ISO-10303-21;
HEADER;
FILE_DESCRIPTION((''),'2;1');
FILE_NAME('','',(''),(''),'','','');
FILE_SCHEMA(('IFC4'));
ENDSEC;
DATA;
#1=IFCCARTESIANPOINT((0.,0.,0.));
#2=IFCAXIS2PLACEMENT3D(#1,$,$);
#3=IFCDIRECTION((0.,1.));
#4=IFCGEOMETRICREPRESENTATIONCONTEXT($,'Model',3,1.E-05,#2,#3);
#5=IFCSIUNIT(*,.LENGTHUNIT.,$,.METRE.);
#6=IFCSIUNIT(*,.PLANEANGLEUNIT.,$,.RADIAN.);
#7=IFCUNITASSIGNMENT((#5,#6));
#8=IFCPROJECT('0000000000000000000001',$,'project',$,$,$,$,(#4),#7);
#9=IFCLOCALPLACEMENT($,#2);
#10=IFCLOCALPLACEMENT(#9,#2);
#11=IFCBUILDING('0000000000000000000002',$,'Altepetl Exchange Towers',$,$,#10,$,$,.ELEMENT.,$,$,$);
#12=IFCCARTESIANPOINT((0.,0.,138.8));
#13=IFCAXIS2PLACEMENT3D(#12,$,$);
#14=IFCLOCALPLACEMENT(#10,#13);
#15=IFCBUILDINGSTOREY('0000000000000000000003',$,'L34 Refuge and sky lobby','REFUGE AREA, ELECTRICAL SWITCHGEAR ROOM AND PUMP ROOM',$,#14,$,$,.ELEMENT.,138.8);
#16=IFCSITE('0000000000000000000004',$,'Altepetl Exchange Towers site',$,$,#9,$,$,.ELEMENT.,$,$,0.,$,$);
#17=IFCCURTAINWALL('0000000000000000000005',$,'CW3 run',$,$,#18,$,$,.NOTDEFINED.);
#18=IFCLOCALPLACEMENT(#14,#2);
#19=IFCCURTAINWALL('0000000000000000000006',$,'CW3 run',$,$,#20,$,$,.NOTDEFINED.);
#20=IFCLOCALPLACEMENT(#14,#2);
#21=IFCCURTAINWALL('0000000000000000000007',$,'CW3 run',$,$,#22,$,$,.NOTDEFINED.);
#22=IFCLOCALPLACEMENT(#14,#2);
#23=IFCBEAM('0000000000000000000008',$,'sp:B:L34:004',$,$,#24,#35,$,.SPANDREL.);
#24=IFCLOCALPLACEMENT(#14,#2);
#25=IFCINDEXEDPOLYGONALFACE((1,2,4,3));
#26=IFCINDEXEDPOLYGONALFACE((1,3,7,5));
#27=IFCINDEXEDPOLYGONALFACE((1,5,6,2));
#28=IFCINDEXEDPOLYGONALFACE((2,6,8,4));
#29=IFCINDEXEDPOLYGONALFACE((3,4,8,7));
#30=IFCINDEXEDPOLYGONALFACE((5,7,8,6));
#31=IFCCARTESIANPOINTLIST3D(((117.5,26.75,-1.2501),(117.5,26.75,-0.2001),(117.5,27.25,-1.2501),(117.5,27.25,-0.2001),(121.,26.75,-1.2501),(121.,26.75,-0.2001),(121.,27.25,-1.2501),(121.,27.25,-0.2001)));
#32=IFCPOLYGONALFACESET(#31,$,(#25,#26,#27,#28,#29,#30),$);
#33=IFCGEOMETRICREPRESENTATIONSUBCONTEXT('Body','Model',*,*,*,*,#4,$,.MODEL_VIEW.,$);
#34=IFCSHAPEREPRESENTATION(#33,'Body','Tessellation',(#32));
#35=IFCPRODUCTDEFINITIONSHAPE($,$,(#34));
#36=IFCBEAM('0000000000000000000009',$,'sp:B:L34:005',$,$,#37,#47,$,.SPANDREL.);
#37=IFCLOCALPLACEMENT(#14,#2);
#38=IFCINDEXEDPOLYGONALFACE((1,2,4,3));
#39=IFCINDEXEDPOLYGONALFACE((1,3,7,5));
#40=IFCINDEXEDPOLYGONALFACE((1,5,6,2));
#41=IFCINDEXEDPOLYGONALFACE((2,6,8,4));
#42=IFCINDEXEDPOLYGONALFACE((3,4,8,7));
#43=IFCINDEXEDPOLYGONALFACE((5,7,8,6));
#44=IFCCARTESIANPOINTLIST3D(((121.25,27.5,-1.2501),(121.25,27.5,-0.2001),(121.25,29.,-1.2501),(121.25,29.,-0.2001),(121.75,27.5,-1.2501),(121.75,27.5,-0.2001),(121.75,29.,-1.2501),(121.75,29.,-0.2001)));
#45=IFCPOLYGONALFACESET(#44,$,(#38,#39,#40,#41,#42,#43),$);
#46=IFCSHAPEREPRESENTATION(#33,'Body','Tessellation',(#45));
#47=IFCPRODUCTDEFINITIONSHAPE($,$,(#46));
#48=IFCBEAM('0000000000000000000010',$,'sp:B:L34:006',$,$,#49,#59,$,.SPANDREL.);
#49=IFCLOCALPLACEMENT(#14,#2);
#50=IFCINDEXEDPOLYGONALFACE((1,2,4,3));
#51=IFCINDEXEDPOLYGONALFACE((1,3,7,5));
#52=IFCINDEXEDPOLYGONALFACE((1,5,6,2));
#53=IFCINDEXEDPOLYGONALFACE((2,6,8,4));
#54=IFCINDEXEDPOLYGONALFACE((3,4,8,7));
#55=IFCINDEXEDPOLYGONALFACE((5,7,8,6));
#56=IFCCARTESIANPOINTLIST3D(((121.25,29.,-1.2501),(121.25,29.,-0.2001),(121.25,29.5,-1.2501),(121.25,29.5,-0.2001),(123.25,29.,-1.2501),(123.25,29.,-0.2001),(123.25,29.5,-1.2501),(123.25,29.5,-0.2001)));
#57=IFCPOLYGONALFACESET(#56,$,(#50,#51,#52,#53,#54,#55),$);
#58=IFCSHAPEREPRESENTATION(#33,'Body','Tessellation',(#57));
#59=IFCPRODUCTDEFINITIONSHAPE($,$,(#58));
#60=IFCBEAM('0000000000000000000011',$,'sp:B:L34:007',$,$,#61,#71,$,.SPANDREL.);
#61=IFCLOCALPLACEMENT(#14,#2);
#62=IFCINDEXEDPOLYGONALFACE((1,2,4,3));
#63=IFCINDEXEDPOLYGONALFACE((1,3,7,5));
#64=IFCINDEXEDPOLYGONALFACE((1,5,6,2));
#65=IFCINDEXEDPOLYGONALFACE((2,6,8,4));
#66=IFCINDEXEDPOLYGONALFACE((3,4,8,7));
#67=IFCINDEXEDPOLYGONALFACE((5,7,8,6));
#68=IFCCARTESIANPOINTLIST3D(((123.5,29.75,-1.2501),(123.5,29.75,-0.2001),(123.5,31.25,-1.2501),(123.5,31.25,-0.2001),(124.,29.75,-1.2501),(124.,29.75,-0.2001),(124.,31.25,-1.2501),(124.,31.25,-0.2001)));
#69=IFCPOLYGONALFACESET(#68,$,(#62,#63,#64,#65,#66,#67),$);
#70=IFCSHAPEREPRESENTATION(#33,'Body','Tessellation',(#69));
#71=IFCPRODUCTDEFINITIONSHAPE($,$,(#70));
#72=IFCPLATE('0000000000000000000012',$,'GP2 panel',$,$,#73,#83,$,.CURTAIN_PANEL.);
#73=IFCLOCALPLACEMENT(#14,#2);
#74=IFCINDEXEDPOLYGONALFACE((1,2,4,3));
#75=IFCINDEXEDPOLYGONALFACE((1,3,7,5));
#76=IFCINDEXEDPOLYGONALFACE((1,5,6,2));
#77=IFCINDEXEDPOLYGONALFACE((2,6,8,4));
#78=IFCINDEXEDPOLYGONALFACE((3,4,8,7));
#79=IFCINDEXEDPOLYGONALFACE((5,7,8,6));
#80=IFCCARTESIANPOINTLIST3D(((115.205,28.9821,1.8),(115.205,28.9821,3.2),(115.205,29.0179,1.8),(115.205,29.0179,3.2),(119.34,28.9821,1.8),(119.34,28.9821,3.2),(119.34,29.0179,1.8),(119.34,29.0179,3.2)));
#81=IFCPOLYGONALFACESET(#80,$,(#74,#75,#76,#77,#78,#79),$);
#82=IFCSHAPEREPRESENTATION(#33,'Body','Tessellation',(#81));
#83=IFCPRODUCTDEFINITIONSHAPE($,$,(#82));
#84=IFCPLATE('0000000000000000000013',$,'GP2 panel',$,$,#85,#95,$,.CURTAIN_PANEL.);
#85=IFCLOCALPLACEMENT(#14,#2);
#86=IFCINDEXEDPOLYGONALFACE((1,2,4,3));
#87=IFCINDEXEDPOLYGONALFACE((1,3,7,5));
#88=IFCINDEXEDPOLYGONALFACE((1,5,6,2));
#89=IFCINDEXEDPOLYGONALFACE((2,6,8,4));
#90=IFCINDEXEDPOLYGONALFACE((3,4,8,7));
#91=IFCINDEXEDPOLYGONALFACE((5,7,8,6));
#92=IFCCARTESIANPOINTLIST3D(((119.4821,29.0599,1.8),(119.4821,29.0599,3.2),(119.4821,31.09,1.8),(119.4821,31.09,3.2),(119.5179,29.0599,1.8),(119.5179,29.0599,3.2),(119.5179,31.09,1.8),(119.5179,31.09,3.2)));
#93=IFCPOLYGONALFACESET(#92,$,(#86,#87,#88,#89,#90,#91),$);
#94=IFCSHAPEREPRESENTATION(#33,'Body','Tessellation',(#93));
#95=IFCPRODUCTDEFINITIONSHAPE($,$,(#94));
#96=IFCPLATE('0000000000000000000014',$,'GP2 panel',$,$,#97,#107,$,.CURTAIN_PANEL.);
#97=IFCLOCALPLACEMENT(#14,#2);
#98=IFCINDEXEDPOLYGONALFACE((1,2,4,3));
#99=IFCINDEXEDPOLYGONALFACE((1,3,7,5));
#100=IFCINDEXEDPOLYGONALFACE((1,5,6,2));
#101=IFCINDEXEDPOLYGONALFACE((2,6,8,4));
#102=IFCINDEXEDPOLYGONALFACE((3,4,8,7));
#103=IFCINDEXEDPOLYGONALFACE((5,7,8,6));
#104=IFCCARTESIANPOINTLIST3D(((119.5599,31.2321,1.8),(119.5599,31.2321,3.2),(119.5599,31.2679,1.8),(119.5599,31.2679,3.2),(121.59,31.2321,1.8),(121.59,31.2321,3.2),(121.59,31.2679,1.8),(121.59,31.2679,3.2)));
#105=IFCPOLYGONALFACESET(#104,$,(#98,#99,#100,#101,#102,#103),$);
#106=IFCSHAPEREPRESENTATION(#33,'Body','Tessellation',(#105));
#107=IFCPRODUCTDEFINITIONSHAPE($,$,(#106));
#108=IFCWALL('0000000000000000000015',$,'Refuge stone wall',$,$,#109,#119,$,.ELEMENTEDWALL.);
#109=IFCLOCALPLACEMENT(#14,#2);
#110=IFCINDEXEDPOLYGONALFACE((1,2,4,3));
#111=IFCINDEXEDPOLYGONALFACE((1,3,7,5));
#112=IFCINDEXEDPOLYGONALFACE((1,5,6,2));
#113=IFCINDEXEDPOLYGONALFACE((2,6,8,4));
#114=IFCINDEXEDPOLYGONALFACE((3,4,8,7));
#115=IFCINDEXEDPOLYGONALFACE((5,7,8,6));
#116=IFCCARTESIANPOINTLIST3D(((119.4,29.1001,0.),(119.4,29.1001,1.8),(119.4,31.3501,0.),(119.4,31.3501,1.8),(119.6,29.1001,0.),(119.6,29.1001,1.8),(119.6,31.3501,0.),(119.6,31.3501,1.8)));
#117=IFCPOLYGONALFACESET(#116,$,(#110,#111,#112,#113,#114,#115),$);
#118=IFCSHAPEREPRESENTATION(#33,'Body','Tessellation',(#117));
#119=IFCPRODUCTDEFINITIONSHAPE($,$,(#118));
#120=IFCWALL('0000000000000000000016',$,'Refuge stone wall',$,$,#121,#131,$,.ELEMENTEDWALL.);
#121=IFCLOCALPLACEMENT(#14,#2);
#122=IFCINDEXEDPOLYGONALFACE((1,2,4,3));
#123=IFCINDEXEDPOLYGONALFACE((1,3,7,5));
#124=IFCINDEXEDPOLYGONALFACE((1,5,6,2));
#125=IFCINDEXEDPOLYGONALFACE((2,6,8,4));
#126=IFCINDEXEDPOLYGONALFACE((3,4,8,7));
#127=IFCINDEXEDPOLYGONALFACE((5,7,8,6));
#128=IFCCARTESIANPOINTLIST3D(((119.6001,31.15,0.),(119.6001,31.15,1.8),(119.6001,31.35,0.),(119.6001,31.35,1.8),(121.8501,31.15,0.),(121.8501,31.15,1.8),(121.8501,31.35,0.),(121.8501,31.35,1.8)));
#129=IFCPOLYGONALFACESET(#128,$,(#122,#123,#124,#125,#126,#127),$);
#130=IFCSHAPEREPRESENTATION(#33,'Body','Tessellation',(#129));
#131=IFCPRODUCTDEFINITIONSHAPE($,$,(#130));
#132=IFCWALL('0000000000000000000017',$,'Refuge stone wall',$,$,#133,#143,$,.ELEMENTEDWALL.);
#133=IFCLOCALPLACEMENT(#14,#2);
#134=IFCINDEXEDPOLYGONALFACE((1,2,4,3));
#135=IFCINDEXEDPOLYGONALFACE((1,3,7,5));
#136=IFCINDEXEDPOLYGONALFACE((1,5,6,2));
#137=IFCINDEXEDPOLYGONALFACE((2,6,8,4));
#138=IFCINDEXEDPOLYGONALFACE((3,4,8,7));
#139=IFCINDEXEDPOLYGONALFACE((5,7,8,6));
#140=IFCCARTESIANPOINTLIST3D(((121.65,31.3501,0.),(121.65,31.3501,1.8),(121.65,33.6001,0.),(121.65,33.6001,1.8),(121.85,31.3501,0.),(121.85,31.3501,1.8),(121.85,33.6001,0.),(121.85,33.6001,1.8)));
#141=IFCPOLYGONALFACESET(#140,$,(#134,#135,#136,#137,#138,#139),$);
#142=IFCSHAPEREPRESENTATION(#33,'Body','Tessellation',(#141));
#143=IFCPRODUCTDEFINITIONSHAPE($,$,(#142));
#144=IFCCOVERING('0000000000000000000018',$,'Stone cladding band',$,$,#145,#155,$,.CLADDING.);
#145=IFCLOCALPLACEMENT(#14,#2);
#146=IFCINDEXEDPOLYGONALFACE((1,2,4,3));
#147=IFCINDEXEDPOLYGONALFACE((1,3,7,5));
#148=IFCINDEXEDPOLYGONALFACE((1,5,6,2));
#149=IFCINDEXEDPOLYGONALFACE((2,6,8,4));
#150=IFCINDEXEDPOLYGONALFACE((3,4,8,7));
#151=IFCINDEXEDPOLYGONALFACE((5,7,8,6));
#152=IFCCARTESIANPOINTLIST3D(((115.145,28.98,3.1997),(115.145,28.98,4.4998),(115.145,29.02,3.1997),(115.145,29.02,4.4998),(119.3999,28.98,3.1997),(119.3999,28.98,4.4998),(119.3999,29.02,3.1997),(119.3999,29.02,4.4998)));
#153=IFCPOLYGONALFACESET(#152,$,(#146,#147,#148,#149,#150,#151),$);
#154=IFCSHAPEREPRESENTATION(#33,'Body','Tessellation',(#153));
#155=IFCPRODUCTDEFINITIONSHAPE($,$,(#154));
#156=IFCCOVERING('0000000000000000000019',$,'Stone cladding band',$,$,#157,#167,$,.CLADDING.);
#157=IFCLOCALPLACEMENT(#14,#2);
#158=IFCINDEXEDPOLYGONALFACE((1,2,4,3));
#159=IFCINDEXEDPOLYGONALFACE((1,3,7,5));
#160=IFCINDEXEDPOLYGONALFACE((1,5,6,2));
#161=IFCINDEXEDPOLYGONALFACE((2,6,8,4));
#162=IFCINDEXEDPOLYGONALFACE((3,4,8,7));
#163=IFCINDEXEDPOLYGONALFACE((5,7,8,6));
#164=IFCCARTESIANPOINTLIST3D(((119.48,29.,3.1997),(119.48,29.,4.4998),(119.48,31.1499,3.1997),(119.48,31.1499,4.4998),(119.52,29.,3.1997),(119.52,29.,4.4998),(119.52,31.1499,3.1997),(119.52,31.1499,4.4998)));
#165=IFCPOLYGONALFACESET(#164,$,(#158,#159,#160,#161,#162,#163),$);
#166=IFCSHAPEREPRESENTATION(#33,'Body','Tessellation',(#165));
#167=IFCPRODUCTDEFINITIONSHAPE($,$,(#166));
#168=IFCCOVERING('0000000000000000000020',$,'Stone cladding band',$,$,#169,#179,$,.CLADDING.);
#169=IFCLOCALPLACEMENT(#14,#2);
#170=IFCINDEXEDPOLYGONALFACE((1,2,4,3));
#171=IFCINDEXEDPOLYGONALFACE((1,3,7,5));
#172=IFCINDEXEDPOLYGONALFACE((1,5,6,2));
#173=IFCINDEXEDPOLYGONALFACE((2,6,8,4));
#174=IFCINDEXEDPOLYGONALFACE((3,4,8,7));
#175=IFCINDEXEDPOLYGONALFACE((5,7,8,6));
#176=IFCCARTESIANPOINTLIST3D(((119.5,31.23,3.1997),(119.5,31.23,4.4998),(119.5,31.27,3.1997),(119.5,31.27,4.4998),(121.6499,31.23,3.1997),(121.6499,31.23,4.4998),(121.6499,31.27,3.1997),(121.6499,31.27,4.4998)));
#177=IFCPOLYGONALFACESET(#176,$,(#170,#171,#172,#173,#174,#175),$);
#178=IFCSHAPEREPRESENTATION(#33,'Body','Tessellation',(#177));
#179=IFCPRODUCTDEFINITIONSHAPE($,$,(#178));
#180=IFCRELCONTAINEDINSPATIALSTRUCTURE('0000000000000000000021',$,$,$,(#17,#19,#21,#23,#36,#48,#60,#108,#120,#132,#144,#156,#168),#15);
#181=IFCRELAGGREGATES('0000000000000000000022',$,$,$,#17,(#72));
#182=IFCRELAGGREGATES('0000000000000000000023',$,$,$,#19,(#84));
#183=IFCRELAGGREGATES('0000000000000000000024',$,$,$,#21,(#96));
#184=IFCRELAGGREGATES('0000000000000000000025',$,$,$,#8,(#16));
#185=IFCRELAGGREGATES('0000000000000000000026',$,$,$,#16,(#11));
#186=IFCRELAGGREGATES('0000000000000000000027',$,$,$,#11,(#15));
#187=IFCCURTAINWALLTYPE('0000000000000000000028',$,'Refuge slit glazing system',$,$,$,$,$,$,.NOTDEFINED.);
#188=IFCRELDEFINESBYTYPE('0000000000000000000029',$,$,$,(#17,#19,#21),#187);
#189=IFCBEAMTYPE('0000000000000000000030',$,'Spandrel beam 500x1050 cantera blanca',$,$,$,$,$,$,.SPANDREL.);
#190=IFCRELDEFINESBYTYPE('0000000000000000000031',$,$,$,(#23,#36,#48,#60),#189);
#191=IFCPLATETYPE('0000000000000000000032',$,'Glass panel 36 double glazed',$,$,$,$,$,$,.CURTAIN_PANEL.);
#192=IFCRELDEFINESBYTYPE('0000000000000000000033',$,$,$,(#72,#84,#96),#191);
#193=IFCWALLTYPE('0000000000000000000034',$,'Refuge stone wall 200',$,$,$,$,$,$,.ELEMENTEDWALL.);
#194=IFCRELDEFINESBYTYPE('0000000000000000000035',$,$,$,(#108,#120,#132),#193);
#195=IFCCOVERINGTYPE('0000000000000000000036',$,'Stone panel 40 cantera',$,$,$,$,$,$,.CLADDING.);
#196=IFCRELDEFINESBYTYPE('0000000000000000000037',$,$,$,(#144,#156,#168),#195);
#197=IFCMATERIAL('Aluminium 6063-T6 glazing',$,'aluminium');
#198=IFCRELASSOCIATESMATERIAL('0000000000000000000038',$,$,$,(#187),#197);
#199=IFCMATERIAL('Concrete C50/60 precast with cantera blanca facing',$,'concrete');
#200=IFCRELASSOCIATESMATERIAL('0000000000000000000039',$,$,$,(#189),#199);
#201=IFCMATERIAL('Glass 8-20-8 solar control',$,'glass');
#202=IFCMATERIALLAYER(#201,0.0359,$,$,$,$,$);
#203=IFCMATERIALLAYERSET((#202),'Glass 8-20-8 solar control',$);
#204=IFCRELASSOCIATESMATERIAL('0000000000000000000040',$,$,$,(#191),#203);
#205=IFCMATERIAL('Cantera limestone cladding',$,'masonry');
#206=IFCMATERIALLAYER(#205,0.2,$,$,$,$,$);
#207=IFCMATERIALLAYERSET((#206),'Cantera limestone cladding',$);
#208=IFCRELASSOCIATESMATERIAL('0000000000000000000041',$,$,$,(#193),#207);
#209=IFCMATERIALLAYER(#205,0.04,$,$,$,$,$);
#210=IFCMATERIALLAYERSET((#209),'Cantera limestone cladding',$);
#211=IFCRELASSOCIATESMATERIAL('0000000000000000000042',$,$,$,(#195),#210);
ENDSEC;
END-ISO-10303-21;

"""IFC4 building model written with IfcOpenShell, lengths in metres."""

from ifc_helpers import new_model, si_unit, direction, frame, frame_2d, origin, origin_2d, place, context, subcontext, project, spatial, rectangle, extrude, material, layer, layer_set, material_profile, profile_set, type_object, element, aggregate, save


model = new_model("IFC4")

# Units and contexts
model_context = context("Model", 3, precision=1e-05, world=origin(), true_north=direction((0.0, 1.0)))
body_context = subcontext(model_context, "Body", "Model", "MODEL_VIEW")
ifc_project = project(units=[si_unit("LENGTHUNIT", "METRE"), si_unit("PLANEANGLEUNIT", "RADIAN")], contexts=[model_context])

# Site, building, storey
site_placement = place(None, origin())
site = spatial("IfcSite", under=ifc_project, at=site_placement, Name="Altepetl Exchange Towers site", CompositionType="ELEMENT", RefElevation=0.0)
building_placement = place(site_placement, origin())
building = spatial("IfcBuilding", under=site, at=building_placement, Name="Altepetl Exchange Towers", CompositionType="ELEMENT")
storey_placement = place(building_placement, frame((0.0, 0.0, 138.8)))
storey = spatial("IfcBuildingStorey", under=building, at=storey_placement, Name="L34 Refuge and sky lobby", Description="REFUGE AREA, ELECTRICAL SWITCHGEAR ROOM AND PUMP ROOM", CompositionType="ELEMENT", Elevation=138.8)

# Curtain wall
ifc_material_1 = material(Name="Aluminium 6063-T6 glazing", Category="aluminium")
curtain_wall_type = type_object("IfcCurtainWallType", Name="Refuge slit glazing system", PredefinedType="NOTDEFINED", material=ifc_material_1)
curtain_wall_1_placement = place(storey_placement, origin())
curtain_wall_1 = element("IfcCurtainWall", 1, at=curtain_wall_1_placement, inside=storey, type_object=curtain_wall_type, Name="CW3 run", PredefinedType="NOTDEFINED")

# Curtain walls
curtain_wall_2_placement = place(storey_placement, origin())
curtain_wall_2 = element("IfcCurtainWall", 2, at=curtain_wall_2_placement, inside=storey, type_object=curtain_wall_type, Name="CW3 run", PredefinedType="NOTDEFINED")
curtain_wall_3_placement = place(storey_placement, origin())
curtain_wall_3 = element("IfcCurtainWall", 3, at=curtain_wall_3_placement, inside=storey, type_object=curtain_wall_type, Name="CW3 run", PredefinedType="NOTDEFINED")

# Beams
ifc_material_2 = material(Name="Concrete C50/60 precast with cantera blanca facing", Category="concrete")
ifc_material_profile_1 = material_profile(ifc_material_2, rectangle(XDim=0.5, YDim=1.05, at=origin_2d()), Name="500 x 1050")
ifc_profile_set_1 = profile_set([ifc_material_profile_1], Name="Concrete C50/60 precast with cantera blanca facing")
beam_type_1 = type_object("IfcBeamType", Name="Spandrel beam 500x1050 cantera blanca", PredefinedType="SPANDREL", material=ifc_profile_set_1)
beam_1_placement = place(storey_placement, frame((117.5, 27.0, -0.7251), z_axis=(1.0, 0.0, 0.0), x_axis=(0.0, 1.0, 0.0)))
element("IfcBeam", 4, at=beam_1_placement, inside=storey, type_object=beam_type_1, Name="sp:B:L34:004", PredefinedType="SPANDREL", context=body_context, shape_type="SweptSolid", body=[
    extrude(rectangle(XDim=0.5, YDim=1.05, at=origin_2d()), origin(), (0.0, 0.0, 1.0), 3.5),
])
beam_2_placement = place(storey_placement, frame((121.5, 27.5, -0.7251), z_axis=(0.0, 1.0, 0.0), x_axis=(-1.0, 0.0, 0.0)))
element("IfcBeam", 5, at=beam_2_placement, inside=storey, type_object=beam_type_1, Name="sp:B:L34:005", PredefinedType="SPANDREL", context=body_context, shape_type="SweptSolid", body=[
    extrude(rectangle(XDim=0.5, YDim=1.05, at=origin_2d()), origin(), (0.0, 0.0, 1.0), 1.5),
])
beam_3_placement = place(storey_placement, frame((121.25, 29.25, -0.7251), z_axis=(1.0, 0.0, 0.0), x_axis=(0.0, 1.0, 0.0)))
element("IfcBeam", 6, at=beam_3_placement, inside=storey, type_object=beam_type_1, Name="sp:B:L34:006", PredefinedType="SPANDREL", context=body_context, shape_type="SweptSolid", body=[
    extrude(rectangle(XDim=0.5, YDim=1.05, at=origin_2d()), origin(), (0.0, 0.0, 1.0), 2.0),
])
beam_4_placement = place(storey_placement, frame((123.75, 29.75, -0.7251), z_axis=(0.0, 1.0, 0.0), x_axis=(-1.0, 0.0, 0.0)))
element("IfcBeam", 7, at=beam_4_placement, inside=storey, type_object=beam_type_1, Name="sp:B:L34:007", PredefinedType="SPANDREL", context=body_context, shape_type="SweptSolid", body=[
    extrude(rectangle(XDim=0.5, YDim=1.05, at=origin_2d()), origin(), (0.0, 0.0, 1.0), 1.5),
])

# Plates
ifc_material_3 = material(Name="Glass 8-20-8 solar control", Category="glass")
ifc_layer_1 = layer(ifc_material_3, 0.0359)
ifc_layer_set_1 = layer_set([ifc_layer_1], Name="Glass 8-20-8 solar control")
plate_type = type_object("IfcPlateType", Name="Glass panel 36 double glazed", PredefinedType="CURTAIN_PANEL", material=ifc_layer_set_1)
plate_1_placement = place(storey_placement, frame((117.2725, 29.0, 1.8)))
plate_1 = element("IfcPlate", 8, at=plate_1_placement, type_object=plate_type, Name="GP2 panel", PredefinedType="CURTAIN_PANEL", context=body_context, shape_type="SweptSolid", body=[
    extrude(rectangle(XDim=4.135, YDim=0.0359, at=origin_2d()), origin(), (0.0, 0.0, 1.0), 1.3999),
])
aggregate(curtain_wall_1, [plate_1])
plate_2_placement = place(storey_placement, frame((119.5, 30.075, 1.8), z_axis=(0.0, 0.0, 1.0), x_axis=(0.0, 1.0, 0.0)))
plate_2 = element("IfcPlate", 9, at=plate_2_placement, type_object=plate_type, Name="GP2 panel", PredefinedType="CURTAIN_PANEL", context=body_context, shape_type="SweptSolid", body=[
    extrude(rectangle(XDim=2.03, YDim=0.0359, at=origin_2d()), origin(), (0.0, 0.0, 1.0), 1.3999),
])
aggregate(curtain_wall_2, [plate_2])
plate_3_placement = place(storey_placement, frame((120.575, 31.25, 1.8)))
plate_3 = element("IfcPlate", 10, at=plate_3_placement, type_object=plate_type, Name="GP2 panel", PredefinedType="CURTAIN_PANEL", context=body_context, shape_type="SweptSolid", body=[
    extrude(rectangle(XDim=2.03, YDim=0.0359, at=origin_2d()), origin(), (0.0, 0.0, 1.0), 1.3999),
])
aggregate(curtain_wall_3, [plate_3])

# Walls
ifc_material_4 = material(Name="Cantera limestone cladding", Category="masonry")
ifc_layer_2 = layer(ifc_material_4, 0.2)
ifc_layer_set_2 = layer_set([ifc_layer_2], Name="Cantera limestone cladding")
wall_type = type_object("IfcWallType", Name="Refuge stone wall 200", PredefinedType="ELEMENTEDWALL", material=ifc_layer_set_2)
wall_1_placement = place(storey_placement, frame((119.5, 29.1001, 0.0), z_axis=(0.0, 0.0, 1.0), x_axis=(0.0, 1.0, 0.0)))
element("IfcWall", 11, at=wall_1_placement, inside=storey, type_object=wall_type, Name="Refuge stone wall", PredefinedType="ELEMENTEDWALL", context=body_context, shape_type="SweptSolid", body=[
    extrude(rectangle(XDim=2.25, YDim=0.2, at=frame_2d((1.125, 0.0))), origin(), (0.0, 0.0, 1.0), 1.8),
])
wall_2_placement = place(storey_placement, frame((119.6001, 31.25, 0.0)))
element("IfcWall", 12, at=wall_2_placement, inside=storey, type_object=wall_type, Name="Refuge stone wall", PredefinedType="ELEMENTEDWALL", context=body_context, shape_type="SweptSolid", body=[
    extrude(rectangle(XDim=2.25, YDim=0.2, at=frame_2d((1.125, 0.0))), origin(), (0.0, 0.0, 1.0), 1.8),
])
wall_3_placement = place(storey_placement, frame((121.75, 31.3501, 0.0), z_axis=(0.0, 0.0, 1.0), x_axis=(0.0, 1.0, 0.0)))
element("IfcWall", 13, at=wall_3_placement, inside=storey, type_object=wall_type, Name="Refuge stone wall", PredefinedType="ELEMENTEDWALL", context=body_context, shape_type="SweptSolid", body=[
    extrude(rectangle(XDim=2.25, YDim=0.2, at=frame_2d((1.125, 0.0))), origin(), (0.0, 0.0, 1.0), 1.8),
])

# Coverings
ifc_layer_3 = layer(ifc_material_4, 0.04)
ifc_layer_set_3 = layer_set([ifc_layer_3], Name="Cantera limestone cladding")
covering_type = type_object("IfcCoveringType", Name="Stone panel 40 cantera", PredefinedType="CLADDING", material=ifc_layer_set_3)
covering_1_placement = place(storey_placement, frame((117.2725, 29.0, 3.1997)))
element("IfcCovering", 14, at=covering_1_placement, inside=storey, type_object=covering_type, Name="Stone cladding band", PredefinedType="CLADDING", context=body_context, shape_type="SweptSolid", body=[
    extrude(rectangle(XDim=4.2549, YDim=0.04, at=origin_2d()), origin(), (0.0, 0.0, 1.0), 1.3),
])
covering_2_placement = place(storey_placement, frame((119.5, 30.075, 3.1997), z_axis=(0.0, 0.0, 1.0), x_axis=(0.0, 1.0, 0.0)))
element("IfcCovering", 15, at=covering_2_placement, inside=storey, type_object=covering_type, Name="Stone cladding band", PredefinedType="CLADDING", context=body_context, shape_type="SweptSolid", body=[
    extrude(rectangle(XDim=2.1499, YDim=0.04, at=origin_2d()), origin(), (0.0, 0.0, 1.0), 1.3),
])
covering_3_placement = place(storey_placement, frame((120.575, 31.25, 3.1997)))
element("IfcCovering", 16, at=covering_3_placement, inside=storey, type_object=covering_type, Name="Stone cladding band", PredefinedType="CLADDING", context=body_context, shape_type="SweptSolid", body=[
    extrude(rectangle(XDim=2.1499, YDim=0.04, at=origin_2d()), origin(), (0.0, 0.0, 1.0), 1.3),
])

save(model, "model.ifc")
